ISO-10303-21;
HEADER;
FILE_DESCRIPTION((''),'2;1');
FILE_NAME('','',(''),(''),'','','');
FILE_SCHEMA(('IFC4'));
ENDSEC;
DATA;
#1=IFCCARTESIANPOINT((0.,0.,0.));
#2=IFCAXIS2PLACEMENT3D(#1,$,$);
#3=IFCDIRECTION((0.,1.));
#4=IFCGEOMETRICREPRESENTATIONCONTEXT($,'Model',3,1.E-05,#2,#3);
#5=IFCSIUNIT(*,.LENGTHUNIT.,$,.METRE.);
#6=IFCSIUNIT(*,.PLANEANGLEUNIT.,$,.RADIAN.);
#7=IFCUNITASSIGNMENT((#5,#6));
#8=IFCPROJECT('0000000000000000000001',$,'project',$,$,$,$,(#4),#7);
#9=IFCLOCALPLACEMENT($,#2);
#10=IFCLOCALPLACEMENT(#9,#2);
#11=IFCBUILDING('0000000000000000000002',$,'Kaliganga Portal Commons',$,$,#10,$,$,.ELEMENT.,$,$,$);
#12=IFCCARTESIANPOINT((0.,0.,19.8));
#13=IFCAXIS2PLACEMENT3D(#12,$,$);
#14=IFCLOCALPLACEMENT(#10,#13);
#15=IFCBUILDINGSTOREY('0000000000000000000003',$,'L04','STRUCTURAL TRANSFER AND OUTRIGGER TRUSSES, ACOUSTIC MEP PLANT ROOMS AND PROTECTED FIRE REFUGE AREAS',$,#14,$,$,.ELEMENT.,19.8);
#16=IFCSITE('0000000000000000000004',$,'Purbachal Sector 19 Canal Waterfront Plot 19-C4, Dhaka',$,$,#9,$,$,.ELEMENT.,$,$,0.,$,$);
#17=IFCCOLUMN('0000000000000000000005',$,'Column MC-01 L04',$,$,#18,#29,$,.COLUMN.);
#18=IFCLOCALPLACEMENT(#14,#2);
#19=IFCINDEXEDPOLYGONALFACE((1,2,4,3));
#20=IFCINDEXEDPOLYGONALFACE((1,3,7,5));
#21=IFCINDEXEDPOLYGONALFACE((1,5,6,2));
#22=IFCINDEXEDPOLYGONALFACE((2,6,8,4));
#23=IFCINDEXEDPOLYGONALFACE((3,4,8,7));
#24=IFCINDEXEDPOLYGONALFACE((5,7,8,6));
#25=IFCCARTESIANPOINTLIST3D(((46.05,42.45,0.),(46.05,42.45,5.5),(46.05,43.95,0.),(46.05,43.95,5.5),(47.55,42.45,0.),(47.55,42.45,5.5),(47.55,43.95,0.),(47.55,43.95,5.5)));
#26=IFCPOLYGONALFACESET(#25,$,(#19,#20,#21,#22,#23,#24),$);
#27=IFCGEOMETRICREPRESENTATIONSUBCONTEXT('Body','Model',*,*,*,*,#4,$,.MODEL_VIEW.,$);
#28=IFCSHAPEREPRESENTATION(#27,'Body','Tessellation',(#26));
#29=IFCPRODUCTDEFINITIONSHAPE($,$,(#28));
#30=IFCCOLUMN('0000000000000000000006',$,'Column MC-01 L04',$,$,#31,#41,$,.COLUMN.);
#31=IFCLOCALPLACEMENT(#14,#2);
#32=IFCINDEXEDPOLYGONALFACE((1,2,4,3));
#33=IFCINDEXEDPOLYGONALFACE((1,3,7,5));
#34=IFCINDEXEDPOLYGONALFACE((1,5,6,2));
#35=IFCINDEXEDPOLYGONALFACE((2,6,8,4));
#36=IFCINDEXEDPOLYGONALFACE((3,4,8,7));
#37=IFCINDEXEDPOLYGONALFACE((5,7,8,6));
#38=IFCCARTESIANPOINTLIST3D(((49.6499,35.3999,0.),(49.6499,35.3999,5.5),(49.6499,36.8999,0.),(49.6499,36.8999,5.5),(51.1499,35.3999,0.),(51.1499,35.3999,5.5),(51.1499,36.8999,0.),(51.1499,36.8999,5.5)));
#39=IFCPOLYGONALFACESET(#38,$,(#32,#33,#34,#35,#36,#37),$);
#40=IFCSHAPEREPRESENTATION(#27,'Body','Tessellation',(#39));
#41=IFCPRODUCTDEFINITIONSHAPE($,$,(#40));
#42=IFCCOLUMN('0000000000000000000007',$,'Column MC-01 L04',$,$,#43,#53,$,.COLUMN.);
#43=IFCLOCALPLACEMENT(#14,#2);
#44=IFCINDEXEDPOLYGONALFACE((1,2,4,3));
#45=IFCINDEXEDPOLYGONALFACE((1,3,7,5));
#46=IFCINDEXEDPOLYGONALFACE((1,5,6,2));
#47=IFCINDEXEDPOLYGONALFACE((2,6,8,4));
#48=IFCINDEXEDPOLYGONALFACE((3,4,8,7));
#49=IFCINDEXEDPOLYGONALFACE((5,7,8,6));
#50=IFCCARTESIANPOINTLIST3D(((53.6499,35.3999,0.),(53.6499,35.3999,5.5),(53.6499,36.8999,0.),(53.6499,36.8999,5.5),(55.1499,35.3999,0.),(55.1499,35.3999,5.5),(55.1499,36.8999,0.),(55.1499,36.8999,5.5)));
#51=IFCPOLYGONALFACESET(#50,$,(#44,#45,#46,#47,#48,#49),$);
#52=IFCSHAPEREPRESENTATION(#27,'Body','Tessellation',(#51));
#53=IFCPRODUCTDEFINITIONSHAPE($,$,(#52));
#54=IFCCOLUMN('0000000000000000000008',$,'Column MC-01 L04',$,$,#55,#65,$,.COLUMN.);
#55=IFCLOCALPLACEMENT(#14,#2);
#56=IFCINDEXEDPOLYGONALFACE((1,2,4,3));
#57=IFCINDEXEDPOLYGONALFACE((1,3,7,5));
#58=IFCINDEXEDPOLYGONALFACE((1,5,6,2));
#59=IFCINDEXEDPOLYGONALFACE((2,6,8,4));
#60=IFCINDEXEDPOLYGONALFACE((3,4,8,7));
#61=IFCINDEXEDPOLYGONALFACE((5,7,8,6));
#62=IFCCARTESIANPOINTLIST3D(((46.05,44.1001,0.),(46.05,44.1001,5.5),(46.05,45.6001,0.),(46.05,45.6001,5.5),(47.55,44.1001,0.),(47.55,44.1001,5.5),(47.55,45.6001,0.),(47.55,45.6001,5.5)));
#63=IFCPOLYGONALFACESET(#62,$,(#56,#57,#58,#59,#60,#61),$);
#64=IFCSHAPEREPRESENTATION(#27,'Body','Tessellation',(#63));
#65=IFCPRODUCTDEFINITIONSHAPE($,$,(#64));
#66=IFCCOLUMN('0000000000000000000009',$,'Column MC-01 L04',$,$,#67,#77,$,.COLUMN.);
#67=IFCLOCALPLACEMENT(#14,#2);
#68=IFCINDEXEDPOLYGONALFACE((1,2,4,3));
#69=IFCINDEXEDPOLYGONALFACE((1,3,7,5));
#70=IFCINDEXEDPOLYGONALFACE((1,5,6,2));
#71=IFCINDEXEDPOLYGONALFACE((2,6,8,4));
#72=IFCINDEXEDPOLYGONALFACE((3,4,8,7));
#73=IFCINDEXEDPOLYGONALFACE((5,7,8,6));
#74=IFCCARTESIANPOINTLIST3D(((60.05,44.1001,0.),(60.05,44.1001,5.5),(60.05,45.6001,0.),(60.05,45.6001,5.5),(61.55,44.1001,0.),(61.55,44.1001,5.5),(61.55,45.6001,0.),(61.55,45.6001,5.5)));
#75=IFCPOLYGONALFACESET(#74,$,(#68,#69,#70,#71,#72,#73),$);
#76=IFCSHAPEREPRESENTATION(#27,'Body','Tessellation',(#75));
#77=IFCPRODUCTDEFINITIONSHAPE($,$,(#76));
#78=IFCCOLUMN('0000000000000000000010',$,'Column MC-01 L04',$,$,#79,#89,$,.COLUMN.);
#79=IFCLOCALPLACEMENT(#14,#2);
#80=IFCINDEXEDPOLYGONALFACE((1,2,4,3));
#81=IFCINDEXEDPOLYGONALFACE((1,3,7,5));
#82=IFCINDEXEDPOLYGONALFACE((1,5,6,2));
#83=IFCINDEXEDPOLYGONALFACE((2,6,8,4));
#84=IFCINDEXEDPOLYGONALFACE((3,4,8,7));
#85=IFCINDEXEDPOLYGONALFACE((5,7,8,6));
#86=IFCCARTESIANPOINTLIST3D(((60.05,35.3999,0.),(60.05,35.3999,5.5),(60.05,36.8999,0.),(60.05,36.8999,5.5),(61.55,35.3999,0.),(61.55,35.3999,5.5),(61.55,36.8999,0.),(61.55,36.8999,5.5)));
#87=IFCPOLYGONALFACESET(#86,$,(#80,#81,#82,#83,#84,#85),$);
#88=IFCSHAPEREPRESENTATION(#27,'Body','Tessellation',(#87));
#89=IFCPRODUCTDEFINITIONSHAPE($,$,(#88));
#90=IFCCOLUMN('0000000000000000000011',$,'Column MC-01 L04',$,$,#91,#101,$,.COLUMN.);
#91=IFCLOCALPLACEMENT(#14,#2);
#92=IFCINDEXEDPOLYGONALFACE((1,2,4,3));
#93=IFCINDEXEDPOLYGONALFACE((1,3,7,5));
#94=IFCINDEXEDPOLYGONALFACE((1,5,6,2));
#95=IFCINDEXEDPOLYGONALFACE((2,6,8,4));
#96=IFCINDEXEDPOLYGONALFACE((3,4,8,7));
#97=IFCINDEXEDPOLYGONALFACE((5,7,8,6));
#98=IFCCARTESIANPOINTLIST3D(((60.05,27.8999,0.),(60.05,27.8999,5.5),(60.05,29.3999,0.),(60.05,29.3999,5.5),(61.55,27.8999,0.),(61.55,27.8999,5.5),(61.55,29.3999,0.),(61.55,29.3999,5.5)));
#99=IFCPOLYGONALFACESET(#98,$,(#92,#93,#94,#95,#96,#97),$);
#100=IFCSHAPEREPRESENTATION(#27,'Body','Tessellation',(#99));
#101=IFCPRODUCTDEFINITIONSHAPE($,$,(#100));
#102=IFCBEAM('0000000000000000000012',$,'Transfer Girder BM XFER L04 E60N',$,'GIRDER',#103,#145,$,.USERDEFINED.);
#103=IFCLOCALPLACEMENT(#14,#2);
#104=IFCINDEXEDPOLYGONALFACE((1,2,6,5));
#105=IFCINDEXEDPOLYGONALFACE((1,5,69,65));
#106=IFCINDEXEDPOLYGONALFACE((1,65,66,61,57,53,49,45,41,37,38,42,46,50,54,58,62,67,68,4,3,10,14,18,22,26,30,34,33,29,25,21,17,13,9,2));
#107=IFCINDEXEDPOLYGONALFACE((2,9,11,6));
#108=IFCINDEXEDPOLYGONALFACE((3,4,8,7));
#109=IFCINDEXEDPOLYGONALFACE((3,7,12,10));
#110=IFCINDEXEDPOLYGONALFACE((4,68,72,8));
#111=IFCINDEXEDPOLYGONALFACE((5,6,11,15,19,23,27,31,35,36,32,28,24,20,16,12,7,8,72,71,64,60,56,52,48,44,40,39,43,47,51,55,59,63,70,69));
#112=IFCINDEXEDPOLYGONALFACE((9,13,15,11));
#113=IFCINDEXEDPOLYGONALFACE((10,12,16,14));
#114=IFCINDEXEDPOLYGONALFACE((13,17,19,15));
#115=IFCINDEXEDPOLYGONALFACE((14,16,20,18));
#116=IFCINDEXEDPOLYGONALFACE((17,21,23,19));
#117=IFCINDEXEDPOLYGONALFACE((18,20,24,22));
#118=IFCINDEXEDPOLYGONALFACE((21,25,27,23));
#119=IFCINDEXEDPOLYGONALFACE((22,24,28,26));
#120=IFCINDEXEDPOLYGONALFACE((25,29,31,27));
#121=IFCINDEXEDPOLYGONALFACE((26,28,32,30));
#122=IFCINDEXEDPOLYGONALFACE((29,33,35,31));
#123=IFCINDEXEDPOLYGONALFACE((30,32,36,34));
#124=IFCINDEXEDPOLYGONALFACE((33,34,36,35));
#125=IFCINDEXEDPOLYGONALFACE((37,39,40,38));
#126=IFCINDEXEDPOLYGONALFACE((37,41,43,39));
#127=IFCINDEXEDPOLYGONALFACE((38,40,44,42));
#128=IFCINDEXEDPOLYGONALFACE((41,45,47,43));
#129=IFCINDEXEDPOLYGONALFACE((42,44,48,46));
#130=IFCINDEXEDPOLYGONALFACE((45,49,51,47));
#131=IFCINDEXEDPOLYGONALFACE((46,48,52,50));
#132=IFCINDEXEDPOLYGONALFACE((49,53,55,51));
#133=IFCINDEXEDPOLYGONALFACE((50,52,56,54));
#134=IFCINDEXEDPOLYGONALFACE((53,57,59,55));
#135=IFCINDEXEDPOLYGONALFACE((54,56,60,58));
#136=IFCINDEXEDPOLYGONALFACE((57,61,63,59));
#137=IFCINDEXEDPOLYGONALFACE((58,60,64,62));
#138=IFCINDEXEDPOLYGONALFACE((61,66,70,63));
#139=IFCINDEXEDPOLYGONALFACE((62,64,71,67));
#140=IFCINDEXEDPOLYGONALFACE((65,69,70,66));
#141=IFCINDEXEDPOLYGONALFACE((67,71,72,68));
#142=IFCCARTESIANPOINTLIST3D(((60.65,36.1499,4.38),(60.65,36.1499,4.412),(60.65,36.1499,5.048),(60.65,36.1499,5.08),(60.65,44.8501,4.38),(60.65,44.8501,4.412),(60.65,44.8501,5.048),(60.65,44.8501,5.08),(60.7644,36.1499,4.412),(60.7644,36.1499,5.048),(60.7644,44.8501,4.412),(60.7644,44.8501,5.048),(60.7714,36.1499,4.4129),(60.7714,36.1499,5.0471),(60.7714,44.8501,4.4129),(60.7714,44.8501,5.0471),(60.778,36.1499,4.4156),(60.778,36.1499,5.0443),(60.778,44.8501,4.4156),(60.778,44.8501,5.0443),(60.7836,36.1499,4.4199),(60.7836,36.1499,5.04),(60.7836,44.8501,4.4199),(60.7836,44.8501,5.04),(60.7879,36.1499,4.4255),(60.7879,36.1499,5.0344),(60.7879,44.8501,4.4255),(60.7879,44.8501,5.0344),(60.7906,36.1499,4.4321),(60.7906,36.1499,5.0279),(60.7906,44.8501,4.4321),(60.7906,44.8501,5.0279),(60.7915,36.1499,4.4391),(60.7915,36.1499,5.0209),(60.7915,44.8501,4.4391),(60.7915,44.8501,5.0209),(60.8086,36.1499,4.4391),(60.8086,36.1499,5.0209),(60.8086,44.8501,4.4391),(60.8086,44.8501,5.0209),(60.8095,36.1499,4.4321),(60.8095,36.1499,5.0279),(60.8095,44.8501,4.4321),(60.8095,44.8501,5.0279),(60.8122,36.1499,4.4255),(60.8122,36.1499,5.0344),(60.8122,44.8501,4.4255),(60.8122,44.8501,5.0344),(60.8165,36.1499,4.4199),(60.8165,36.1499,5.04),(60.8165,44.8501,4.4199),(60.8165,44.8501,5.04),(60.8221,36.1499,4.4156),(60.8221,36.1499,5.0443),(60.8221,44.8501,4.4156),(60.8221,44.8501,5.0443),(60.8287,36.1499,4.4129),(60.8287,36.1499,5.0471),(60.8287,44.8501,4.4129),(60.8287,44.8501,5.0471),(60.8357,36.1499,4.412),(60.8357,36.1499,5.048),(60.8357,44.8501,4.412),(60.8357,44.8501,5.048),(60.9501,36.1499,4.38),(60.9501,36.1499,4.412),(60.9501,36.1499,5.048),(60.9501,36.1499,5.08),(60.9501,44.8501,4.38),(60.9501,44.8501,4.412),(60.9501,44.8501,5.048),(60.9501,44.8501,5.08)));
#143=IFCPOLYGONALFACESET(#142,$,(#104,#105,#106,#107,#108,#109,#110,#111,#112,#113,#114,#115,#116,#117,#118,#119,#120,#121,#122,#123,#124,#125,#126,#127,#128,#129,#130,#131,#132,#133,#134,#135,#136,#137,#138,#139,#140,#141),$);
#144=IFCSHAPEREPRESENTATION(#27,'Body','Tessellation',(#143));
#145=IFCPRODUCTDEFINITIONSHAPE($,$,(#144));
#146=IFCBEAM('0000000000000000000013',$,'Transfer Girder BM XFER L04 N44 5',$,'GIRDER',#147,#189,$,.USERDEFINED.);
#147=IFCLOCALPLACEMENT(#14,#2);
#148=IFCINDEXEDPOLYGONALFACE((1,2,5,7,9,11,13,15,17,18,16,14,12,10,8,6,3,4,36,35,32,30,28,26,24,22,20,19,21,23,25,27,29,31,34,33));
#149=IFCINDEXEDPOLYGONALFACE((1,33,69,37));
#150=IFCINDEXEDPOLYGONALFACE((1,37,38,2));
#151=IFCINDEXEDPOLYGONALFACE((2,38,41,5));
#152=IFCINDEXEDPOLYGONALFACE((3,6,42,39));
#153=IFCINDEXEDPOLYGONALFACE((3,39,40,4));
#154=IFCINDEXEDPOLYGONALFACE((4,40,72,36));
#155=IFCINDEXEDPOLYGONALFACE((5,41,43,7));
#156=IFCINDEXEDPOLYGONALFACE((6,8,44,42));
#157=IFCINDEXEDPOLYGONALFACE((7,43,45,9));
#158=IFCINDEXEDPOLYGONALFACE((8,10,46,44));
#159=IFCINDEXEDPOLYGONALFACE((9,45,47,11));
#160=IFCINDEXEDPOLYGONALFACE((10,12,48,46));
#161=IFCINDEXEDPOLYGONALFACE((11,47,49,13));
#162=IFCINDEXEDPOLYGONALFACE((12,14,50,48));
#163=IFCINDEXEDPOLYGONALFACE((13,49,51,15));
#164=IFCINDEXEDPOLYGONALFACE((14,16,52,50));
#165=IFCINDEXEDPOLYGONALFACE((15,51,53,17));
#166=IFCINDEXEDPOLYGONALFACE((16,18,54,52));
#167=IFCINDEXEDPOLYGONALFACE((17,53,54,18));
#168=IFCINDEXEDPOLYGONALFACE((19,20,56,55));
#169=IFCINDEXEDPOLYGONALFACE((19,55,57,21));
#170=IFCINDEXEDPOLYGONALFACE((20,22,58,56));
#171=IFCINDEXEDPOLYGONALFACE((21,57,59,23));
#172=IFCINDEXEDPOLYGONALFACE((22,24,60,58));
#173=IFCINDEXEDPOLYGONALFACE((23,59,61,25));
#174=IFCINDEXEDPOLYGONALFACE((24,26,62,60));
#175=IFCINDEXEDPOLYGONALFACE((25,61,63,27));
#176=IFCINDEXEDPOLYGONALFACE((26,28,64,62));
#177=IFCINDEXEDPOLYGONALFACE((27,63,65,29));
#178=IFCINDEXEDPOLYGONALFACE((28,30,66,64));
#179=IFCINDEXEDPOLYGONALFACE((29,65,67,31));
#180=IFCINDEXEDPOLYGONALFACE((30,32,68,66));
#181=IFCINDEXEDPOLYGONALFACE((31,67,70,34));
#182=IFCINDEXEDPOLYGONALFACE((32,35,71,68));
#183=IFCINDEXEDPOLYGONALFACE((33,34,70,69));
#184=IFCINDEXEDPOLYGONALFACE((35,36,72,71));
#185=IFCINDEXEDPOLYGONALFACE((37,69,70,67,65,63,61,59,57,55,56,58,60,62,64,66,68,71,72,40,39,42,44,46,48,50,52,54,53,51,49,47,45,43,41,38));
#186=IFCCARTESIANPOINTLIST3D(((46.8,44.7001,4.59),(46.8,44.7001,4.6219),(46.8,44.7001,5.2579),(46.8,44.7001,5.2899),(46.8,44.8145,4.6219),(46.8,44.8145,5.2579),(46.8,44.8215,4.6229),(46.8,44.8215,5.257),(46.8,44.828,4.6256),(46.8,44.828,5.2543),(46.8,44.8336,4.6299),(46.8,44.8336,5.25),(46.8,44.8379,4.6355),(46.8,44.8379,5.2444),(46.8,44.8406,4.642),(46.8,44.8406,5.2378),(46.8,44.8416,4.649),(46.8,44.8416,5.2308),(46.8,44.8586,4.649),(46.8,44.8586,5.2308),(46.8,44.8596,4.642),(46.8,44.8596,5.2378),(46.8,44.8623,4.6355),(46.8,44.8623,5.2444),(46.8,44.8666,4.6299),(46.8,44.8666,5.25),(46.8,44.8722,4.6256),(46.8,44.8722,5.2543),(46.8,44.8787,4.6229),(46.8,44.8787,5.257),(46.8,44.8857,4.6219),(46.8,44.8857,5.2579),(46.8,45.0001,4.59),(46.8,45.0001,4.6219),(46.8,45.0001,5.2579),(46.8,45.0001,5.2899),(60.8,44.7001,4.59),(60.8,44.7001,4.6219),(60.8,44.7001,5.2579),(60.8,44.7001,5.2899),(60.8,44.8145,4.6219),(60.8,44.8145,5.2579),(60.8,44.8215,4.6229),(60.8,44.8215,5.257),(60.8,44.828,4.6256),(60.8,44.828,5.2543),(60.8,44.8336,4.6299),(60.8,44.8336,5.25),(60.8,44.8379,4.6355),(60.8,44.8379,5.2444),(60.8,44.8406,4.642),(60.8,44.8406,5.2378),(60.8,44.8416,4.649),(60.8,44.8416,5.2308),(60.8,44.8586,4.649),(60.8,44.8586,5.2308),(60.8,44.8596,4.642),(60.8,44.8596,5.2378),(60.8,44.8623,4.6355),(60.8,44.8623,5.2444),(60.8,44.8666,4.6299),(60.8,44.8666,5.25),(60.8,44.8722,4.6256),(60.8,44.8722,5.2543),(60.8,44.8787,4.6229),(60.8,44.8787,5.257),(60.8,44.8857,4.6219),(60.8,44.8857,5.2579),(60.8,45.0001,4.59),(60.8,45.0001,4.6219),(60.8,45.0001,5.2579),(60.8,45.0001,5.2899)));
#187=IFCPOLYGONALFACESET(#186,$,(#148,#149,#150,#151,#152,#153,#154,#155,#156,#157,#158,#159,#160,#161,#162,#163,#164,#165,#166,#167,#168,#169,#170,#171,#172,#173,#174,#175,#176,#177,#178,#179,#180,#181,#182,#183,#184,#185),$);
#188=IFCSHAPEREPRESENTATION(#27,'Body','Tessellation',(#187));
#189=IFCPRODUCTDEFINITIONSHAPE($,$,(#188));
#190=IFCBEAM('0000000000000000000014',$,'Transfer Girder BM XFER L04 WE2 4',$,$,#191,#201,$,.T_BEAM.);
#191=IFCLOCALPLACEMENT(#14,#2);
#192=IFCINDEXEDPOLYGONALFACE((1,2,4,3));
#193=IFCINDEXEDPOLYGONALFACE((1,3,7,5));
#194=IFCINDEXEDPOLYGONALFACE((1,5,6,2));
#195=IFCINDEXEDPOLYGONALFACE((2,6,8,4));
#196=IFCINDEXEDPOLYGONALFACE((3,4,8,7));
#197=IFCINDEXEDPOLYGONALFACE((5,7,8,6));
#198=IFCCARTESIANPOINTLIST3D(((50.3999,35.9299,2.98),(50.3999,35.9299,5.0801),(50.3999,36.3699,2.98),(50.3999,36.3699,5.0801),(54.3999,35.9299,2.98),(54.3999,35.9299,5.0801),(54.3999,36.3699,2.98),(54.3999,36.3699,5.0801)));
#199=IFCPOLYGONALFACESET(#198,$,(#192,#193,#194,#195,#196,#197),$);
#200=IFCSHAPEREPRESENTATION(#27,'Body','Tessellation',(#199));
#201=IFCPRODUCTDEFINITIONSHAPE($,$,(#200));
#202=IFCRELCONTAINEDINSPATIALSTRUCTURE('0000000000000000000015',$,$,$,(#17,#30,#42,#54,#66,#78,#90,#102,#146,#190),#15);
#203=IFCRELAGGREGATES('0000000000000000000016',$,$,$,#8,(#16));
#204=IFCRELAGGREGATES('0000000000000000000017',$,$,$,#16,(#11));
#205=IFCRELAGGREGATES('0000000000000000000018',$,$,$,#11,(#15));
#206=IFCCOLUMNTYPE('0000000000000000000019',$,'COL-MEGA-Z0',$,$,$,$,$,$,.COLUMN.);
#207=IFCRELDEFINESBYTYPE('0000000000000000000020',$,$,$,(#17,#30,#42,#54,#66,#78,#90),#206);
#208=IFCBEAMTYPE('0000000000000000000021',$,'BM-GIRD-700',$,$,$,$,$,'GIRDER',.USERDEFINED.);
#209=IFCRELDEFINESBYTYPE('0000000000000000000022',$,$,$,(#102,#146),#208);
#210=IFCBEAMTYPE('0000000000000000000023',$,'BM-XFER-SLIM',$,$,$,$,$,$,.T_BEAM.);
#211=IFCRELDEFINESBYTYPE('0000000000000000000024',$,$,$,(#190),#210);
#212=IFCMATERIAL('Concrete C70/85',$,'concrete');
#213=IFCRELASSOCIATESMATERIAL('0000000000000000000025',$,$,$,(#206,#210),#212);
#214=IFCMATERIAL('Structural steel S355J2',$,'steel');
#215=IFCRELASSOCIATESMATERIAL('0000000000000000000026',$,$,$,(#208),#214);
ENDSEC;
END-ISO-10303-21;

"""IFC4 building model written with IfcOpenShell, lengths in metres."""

from ifc_helpers import new_model, si_unit, direction, frame, origin, origin_2d, place, context, subcontext, project, spatial, rectangle, i_section, extrude, source, transform, mapped, material, material_profile, profile_set, type_object, element, save


model = new_model("IFC4")

# Units and contexts
model_context = context("Model", 3, precision=1e-05, world=origin(), true_north=direction((0.0, 1.0)))
body_context = subcontext(model_context, "Body", "Model", "MODEL_VIEW")
ifc_project = project(units=[si_unit("LENGTHUNIT", "METRE"), si_unit("PLANEANGLEUNIT", "RADIAN")], contexts=[model_context])

# Site, building, storey
site_placement = place(None, origin())
site = spatial("IfcSite", under=ifc_project, at=site_placement, Name="Purbachal Sector 19 Canal Waterfront Plot 19-C4, Dhaka", CompositionType="ELEMENT", RefElevation=0.0)
building_placement = place(site_placement, origin())
building = spatial("IfcBuilding", under=site, at=building_placement, Name="Kaliganga Portal Commons", CompositionType="ELEMENT")
storey_placement = place(building_placement, frame((0.0, 0.0, 19.8)))
storey = spatial("IfcBuildingStorey", under=building, at=storey_placement, Name="L04", Description="STRUCTURAL TRANSFER AND OUTRIGGER TRUSSES, ACOUSTIC MEP PLANT ROOMS AND PROTECTED FIRE REFUGE AREAS", CompositionType="ELEMENT", Elevation=19.8)

# Columns
ifc_material_1 = material(Name="Concrete C70/85", Category="concrete")
ifc_material_profile_1 = material_profile(ifc_material_1, rectangle(XDim=1.5, YDim=1.5, at=origin_2d()), Name="RC 1500x1500")
ifc_profile_set_1 = profile_set([ifc_material_profile_1], Name="Concrete C70/85")
column_type = type_object("IfcColumnType", Name="COL-MEGA-Z0", PredefinedType="COLUMN", material=ifc_profile_set_1)
shared_shape_1 = source(origin(), body_context, "Body", "SweptSolid", [
    extrude(rectangle(XDim=1.5, YDim=1.5, at=origin_2d()), origin(), (0.0, 0.0, 1.0), 5.5),
])
for number, where, z_axis, x_axis, name in (
    (1, (46.8, 43.2, 0.0), (0.0, 0.0, 1.0), (1.0, 0.0, 0.0), "Column MC-01 L04"),
    (2, (50.3999, 36.1499, 0.0), (0.0, 0.0, 1.0), (1.0, 0.0, 0.0), "Column MC-01 L04"),
    (3, (54.3999, 36.1499, 0.0), (0.0, 0.0, 1.0), (1.0, 0.0, 0.0), "Column MC-01 L04"),
    (4, (46.8, 44.8501, 0.0), (0.0, 0.0, 1.0), (1.0, 0.0, 0.0), "Column MC-01 L04"),
    (5, (60.8, 44.8501, 0.0), (0.0, 0.0, 1.0), (1.0, 0.0, 0.0), "Column MC-01 L04"),
    (6, (60.8, 36.1499, 0.0), (0.0, 0.0, 1.0), (1.0, 0.0, 0.0), "Column MC-01 L04"),
    (7, (60.8, 28.6499, 0.0), (0.0, 0.0, 1.0), (1.0, 0.0, 0.0), "Column MC-01 L04"),
):
    element("IfcColumn", number, at=place(storey_placement, frame(where, z_axis=z_axis, x_axis=x_axis)), inside=storey, type_object=column_type, Name=name, PredefinedType="COLUMN", context=body_context, shape_type="MappedRepresentation", body=[
        mapped(shared_shape_1, transform((0.0, 0.0, 0.0), x_axis=(1.0, 0.0, 0.0), y_axis=(0.0, 1.0, 0.0), z_axis=(0.0, 0.0, 1.0), scale=1.0)),
    ])

# Beams
ifc_material_2 = material(Name="Structural steel S355J2", Category="steel")
ifc_material_profile_2 = material_profile(ifc_material_2, i_section(OverallWidth=0.3, OverallDepth=0.7, WebThickness=0.0171, FlangeThickness=0.032, FilletRadius=0.0271, at=origin_2d()), Name="HE 700 B")
ifc_profile_set_2 = profile_set([ifc_material_profile_2], Name="Structural steel S355J2 wide-flange")
beam_type_1 = type_object("IfcBeamType", Name="BM-GIRD-700", ElementType="GIRDER", PredefinedType="USERDEFINED", material=ifc_profile_set_2)
shared_shape_2 = source(origin(), body_context, "Body", "SweptSolid", [
    extrude(i_section(OverallWidth=0.3, OverallDepth=0.7, WebThickness=0.0171, FlangeThickness=0.032, FilletRadius=0.0271, at=origin_2d()), origin(), (0.0, 0.0, 1.0), 8.7002),
])
beam_1_placement = place(storey_placement, frame((60.8, 36.1499, 4.73), z_axis=(0.0, 1.0, 0.0), x_axis=(-1.0, 0.0, 0.0)))
element("IfcBeam", 8, at=beam_1_placement, inside=storey, type_object=beam_type_1, Name="Transfer Girder BM XFER L04 E60N", ObjectType="GIRDER", PredefinedType="USERDEFINED", context=body_context, shape_type="MappedRepresentation", body=[
    mapped(shared_shape_2, transform((0.0, 0.0, 0.0), x_axis=(1.0, 0.0, 0.0), y_axis=(0.0, 1.0, 0.0), z_axis=(0.0, 0.0, 1.0), scale=1.0)),
])
shared_shape_3 = source(origin(), body_context, "Body", "SweptSolid", [
    extrude(i_section(OverallWidth=0.3, OverallDepth=0.7, WebThickness=0.0171, FlangeThickness=0.032, FilletRadius=0.0271, at=origin_2d()), origin(), (0.0, 0.0, 1.0), 14.0),
])
beam_2_placement = place(storey_placement, frame((46.8, 44.8501, 4.9399), z_axis=(1.0, 0.0, 0.0), x_axis=(0.0, 1.0, 0.0)))
element("IfcBeam", 9, at=beam_2_placement, inside=storey, type_object=beam_type_1, Name="Transfer Girder BM XFER L04 N44 5", ObjectType="GIRDER", PredefinedType="USERDEFINED", context=body_context, shape_type="MappedRepresentation", body=[
    mapped(shared_shape_3, transform((0.0, 0.0, 0.0), x_axis=(1.0, 0.0, 0.0), y_axis=(0.0, 1.0, 0.0), z_axis=(0.0, 0.0, 1.0), scale=1.0)),
])
ifc_material_profile_3 = material_profile(ifc_material_1, rectangle(XDim=0.4399, YDim=2.1001, at=origin_2d()), Name="RC 440x2100")
ifc_profile_set_3 = profile_set([ifc_material_profile_3], Name="Concrete C70/85")
beam_type_2 = type_object("IfcBeamType", Name="BM-XFER-SLIM", PredefinedType="T_BEAM", material=ifc_profile_set_3)
shared_shape_4 = source(origin(), body_context, "Body", "SweptSolid", [
    extrude(rectangle(XDim=0.4399, YDim=2.1001, at=origin_2d()), origin(), (0.0, 0.0, 1.0), 4.0),
])
beam_3_placement = place(storey_placement, frame((50.3999, 36.1499, 4.03), z_axis=(1.0, 0.0, 0.0), x_axis=(0.0, 1.0, 0.0)))
element("IfcBeam", 10, at=beam_3_placement, inside=storey, type_object=beam_type_2, Name="Transfer Girder BM XFER L04 WE2 4", PredefinedType="T_BEAM", context=body_context, shape_type="MappedRepresentation", body=[
    mapped(shared_shape_4, transform((0.0, 0.0, 0.0), x_axis=(1.0, 0.0, 0.0), y_axis=(0.0, 1.0, 0.0), z_axis=(0.0, 0.0, 1.0), scale=1.0)),
])

save(model, "model.ifc")
